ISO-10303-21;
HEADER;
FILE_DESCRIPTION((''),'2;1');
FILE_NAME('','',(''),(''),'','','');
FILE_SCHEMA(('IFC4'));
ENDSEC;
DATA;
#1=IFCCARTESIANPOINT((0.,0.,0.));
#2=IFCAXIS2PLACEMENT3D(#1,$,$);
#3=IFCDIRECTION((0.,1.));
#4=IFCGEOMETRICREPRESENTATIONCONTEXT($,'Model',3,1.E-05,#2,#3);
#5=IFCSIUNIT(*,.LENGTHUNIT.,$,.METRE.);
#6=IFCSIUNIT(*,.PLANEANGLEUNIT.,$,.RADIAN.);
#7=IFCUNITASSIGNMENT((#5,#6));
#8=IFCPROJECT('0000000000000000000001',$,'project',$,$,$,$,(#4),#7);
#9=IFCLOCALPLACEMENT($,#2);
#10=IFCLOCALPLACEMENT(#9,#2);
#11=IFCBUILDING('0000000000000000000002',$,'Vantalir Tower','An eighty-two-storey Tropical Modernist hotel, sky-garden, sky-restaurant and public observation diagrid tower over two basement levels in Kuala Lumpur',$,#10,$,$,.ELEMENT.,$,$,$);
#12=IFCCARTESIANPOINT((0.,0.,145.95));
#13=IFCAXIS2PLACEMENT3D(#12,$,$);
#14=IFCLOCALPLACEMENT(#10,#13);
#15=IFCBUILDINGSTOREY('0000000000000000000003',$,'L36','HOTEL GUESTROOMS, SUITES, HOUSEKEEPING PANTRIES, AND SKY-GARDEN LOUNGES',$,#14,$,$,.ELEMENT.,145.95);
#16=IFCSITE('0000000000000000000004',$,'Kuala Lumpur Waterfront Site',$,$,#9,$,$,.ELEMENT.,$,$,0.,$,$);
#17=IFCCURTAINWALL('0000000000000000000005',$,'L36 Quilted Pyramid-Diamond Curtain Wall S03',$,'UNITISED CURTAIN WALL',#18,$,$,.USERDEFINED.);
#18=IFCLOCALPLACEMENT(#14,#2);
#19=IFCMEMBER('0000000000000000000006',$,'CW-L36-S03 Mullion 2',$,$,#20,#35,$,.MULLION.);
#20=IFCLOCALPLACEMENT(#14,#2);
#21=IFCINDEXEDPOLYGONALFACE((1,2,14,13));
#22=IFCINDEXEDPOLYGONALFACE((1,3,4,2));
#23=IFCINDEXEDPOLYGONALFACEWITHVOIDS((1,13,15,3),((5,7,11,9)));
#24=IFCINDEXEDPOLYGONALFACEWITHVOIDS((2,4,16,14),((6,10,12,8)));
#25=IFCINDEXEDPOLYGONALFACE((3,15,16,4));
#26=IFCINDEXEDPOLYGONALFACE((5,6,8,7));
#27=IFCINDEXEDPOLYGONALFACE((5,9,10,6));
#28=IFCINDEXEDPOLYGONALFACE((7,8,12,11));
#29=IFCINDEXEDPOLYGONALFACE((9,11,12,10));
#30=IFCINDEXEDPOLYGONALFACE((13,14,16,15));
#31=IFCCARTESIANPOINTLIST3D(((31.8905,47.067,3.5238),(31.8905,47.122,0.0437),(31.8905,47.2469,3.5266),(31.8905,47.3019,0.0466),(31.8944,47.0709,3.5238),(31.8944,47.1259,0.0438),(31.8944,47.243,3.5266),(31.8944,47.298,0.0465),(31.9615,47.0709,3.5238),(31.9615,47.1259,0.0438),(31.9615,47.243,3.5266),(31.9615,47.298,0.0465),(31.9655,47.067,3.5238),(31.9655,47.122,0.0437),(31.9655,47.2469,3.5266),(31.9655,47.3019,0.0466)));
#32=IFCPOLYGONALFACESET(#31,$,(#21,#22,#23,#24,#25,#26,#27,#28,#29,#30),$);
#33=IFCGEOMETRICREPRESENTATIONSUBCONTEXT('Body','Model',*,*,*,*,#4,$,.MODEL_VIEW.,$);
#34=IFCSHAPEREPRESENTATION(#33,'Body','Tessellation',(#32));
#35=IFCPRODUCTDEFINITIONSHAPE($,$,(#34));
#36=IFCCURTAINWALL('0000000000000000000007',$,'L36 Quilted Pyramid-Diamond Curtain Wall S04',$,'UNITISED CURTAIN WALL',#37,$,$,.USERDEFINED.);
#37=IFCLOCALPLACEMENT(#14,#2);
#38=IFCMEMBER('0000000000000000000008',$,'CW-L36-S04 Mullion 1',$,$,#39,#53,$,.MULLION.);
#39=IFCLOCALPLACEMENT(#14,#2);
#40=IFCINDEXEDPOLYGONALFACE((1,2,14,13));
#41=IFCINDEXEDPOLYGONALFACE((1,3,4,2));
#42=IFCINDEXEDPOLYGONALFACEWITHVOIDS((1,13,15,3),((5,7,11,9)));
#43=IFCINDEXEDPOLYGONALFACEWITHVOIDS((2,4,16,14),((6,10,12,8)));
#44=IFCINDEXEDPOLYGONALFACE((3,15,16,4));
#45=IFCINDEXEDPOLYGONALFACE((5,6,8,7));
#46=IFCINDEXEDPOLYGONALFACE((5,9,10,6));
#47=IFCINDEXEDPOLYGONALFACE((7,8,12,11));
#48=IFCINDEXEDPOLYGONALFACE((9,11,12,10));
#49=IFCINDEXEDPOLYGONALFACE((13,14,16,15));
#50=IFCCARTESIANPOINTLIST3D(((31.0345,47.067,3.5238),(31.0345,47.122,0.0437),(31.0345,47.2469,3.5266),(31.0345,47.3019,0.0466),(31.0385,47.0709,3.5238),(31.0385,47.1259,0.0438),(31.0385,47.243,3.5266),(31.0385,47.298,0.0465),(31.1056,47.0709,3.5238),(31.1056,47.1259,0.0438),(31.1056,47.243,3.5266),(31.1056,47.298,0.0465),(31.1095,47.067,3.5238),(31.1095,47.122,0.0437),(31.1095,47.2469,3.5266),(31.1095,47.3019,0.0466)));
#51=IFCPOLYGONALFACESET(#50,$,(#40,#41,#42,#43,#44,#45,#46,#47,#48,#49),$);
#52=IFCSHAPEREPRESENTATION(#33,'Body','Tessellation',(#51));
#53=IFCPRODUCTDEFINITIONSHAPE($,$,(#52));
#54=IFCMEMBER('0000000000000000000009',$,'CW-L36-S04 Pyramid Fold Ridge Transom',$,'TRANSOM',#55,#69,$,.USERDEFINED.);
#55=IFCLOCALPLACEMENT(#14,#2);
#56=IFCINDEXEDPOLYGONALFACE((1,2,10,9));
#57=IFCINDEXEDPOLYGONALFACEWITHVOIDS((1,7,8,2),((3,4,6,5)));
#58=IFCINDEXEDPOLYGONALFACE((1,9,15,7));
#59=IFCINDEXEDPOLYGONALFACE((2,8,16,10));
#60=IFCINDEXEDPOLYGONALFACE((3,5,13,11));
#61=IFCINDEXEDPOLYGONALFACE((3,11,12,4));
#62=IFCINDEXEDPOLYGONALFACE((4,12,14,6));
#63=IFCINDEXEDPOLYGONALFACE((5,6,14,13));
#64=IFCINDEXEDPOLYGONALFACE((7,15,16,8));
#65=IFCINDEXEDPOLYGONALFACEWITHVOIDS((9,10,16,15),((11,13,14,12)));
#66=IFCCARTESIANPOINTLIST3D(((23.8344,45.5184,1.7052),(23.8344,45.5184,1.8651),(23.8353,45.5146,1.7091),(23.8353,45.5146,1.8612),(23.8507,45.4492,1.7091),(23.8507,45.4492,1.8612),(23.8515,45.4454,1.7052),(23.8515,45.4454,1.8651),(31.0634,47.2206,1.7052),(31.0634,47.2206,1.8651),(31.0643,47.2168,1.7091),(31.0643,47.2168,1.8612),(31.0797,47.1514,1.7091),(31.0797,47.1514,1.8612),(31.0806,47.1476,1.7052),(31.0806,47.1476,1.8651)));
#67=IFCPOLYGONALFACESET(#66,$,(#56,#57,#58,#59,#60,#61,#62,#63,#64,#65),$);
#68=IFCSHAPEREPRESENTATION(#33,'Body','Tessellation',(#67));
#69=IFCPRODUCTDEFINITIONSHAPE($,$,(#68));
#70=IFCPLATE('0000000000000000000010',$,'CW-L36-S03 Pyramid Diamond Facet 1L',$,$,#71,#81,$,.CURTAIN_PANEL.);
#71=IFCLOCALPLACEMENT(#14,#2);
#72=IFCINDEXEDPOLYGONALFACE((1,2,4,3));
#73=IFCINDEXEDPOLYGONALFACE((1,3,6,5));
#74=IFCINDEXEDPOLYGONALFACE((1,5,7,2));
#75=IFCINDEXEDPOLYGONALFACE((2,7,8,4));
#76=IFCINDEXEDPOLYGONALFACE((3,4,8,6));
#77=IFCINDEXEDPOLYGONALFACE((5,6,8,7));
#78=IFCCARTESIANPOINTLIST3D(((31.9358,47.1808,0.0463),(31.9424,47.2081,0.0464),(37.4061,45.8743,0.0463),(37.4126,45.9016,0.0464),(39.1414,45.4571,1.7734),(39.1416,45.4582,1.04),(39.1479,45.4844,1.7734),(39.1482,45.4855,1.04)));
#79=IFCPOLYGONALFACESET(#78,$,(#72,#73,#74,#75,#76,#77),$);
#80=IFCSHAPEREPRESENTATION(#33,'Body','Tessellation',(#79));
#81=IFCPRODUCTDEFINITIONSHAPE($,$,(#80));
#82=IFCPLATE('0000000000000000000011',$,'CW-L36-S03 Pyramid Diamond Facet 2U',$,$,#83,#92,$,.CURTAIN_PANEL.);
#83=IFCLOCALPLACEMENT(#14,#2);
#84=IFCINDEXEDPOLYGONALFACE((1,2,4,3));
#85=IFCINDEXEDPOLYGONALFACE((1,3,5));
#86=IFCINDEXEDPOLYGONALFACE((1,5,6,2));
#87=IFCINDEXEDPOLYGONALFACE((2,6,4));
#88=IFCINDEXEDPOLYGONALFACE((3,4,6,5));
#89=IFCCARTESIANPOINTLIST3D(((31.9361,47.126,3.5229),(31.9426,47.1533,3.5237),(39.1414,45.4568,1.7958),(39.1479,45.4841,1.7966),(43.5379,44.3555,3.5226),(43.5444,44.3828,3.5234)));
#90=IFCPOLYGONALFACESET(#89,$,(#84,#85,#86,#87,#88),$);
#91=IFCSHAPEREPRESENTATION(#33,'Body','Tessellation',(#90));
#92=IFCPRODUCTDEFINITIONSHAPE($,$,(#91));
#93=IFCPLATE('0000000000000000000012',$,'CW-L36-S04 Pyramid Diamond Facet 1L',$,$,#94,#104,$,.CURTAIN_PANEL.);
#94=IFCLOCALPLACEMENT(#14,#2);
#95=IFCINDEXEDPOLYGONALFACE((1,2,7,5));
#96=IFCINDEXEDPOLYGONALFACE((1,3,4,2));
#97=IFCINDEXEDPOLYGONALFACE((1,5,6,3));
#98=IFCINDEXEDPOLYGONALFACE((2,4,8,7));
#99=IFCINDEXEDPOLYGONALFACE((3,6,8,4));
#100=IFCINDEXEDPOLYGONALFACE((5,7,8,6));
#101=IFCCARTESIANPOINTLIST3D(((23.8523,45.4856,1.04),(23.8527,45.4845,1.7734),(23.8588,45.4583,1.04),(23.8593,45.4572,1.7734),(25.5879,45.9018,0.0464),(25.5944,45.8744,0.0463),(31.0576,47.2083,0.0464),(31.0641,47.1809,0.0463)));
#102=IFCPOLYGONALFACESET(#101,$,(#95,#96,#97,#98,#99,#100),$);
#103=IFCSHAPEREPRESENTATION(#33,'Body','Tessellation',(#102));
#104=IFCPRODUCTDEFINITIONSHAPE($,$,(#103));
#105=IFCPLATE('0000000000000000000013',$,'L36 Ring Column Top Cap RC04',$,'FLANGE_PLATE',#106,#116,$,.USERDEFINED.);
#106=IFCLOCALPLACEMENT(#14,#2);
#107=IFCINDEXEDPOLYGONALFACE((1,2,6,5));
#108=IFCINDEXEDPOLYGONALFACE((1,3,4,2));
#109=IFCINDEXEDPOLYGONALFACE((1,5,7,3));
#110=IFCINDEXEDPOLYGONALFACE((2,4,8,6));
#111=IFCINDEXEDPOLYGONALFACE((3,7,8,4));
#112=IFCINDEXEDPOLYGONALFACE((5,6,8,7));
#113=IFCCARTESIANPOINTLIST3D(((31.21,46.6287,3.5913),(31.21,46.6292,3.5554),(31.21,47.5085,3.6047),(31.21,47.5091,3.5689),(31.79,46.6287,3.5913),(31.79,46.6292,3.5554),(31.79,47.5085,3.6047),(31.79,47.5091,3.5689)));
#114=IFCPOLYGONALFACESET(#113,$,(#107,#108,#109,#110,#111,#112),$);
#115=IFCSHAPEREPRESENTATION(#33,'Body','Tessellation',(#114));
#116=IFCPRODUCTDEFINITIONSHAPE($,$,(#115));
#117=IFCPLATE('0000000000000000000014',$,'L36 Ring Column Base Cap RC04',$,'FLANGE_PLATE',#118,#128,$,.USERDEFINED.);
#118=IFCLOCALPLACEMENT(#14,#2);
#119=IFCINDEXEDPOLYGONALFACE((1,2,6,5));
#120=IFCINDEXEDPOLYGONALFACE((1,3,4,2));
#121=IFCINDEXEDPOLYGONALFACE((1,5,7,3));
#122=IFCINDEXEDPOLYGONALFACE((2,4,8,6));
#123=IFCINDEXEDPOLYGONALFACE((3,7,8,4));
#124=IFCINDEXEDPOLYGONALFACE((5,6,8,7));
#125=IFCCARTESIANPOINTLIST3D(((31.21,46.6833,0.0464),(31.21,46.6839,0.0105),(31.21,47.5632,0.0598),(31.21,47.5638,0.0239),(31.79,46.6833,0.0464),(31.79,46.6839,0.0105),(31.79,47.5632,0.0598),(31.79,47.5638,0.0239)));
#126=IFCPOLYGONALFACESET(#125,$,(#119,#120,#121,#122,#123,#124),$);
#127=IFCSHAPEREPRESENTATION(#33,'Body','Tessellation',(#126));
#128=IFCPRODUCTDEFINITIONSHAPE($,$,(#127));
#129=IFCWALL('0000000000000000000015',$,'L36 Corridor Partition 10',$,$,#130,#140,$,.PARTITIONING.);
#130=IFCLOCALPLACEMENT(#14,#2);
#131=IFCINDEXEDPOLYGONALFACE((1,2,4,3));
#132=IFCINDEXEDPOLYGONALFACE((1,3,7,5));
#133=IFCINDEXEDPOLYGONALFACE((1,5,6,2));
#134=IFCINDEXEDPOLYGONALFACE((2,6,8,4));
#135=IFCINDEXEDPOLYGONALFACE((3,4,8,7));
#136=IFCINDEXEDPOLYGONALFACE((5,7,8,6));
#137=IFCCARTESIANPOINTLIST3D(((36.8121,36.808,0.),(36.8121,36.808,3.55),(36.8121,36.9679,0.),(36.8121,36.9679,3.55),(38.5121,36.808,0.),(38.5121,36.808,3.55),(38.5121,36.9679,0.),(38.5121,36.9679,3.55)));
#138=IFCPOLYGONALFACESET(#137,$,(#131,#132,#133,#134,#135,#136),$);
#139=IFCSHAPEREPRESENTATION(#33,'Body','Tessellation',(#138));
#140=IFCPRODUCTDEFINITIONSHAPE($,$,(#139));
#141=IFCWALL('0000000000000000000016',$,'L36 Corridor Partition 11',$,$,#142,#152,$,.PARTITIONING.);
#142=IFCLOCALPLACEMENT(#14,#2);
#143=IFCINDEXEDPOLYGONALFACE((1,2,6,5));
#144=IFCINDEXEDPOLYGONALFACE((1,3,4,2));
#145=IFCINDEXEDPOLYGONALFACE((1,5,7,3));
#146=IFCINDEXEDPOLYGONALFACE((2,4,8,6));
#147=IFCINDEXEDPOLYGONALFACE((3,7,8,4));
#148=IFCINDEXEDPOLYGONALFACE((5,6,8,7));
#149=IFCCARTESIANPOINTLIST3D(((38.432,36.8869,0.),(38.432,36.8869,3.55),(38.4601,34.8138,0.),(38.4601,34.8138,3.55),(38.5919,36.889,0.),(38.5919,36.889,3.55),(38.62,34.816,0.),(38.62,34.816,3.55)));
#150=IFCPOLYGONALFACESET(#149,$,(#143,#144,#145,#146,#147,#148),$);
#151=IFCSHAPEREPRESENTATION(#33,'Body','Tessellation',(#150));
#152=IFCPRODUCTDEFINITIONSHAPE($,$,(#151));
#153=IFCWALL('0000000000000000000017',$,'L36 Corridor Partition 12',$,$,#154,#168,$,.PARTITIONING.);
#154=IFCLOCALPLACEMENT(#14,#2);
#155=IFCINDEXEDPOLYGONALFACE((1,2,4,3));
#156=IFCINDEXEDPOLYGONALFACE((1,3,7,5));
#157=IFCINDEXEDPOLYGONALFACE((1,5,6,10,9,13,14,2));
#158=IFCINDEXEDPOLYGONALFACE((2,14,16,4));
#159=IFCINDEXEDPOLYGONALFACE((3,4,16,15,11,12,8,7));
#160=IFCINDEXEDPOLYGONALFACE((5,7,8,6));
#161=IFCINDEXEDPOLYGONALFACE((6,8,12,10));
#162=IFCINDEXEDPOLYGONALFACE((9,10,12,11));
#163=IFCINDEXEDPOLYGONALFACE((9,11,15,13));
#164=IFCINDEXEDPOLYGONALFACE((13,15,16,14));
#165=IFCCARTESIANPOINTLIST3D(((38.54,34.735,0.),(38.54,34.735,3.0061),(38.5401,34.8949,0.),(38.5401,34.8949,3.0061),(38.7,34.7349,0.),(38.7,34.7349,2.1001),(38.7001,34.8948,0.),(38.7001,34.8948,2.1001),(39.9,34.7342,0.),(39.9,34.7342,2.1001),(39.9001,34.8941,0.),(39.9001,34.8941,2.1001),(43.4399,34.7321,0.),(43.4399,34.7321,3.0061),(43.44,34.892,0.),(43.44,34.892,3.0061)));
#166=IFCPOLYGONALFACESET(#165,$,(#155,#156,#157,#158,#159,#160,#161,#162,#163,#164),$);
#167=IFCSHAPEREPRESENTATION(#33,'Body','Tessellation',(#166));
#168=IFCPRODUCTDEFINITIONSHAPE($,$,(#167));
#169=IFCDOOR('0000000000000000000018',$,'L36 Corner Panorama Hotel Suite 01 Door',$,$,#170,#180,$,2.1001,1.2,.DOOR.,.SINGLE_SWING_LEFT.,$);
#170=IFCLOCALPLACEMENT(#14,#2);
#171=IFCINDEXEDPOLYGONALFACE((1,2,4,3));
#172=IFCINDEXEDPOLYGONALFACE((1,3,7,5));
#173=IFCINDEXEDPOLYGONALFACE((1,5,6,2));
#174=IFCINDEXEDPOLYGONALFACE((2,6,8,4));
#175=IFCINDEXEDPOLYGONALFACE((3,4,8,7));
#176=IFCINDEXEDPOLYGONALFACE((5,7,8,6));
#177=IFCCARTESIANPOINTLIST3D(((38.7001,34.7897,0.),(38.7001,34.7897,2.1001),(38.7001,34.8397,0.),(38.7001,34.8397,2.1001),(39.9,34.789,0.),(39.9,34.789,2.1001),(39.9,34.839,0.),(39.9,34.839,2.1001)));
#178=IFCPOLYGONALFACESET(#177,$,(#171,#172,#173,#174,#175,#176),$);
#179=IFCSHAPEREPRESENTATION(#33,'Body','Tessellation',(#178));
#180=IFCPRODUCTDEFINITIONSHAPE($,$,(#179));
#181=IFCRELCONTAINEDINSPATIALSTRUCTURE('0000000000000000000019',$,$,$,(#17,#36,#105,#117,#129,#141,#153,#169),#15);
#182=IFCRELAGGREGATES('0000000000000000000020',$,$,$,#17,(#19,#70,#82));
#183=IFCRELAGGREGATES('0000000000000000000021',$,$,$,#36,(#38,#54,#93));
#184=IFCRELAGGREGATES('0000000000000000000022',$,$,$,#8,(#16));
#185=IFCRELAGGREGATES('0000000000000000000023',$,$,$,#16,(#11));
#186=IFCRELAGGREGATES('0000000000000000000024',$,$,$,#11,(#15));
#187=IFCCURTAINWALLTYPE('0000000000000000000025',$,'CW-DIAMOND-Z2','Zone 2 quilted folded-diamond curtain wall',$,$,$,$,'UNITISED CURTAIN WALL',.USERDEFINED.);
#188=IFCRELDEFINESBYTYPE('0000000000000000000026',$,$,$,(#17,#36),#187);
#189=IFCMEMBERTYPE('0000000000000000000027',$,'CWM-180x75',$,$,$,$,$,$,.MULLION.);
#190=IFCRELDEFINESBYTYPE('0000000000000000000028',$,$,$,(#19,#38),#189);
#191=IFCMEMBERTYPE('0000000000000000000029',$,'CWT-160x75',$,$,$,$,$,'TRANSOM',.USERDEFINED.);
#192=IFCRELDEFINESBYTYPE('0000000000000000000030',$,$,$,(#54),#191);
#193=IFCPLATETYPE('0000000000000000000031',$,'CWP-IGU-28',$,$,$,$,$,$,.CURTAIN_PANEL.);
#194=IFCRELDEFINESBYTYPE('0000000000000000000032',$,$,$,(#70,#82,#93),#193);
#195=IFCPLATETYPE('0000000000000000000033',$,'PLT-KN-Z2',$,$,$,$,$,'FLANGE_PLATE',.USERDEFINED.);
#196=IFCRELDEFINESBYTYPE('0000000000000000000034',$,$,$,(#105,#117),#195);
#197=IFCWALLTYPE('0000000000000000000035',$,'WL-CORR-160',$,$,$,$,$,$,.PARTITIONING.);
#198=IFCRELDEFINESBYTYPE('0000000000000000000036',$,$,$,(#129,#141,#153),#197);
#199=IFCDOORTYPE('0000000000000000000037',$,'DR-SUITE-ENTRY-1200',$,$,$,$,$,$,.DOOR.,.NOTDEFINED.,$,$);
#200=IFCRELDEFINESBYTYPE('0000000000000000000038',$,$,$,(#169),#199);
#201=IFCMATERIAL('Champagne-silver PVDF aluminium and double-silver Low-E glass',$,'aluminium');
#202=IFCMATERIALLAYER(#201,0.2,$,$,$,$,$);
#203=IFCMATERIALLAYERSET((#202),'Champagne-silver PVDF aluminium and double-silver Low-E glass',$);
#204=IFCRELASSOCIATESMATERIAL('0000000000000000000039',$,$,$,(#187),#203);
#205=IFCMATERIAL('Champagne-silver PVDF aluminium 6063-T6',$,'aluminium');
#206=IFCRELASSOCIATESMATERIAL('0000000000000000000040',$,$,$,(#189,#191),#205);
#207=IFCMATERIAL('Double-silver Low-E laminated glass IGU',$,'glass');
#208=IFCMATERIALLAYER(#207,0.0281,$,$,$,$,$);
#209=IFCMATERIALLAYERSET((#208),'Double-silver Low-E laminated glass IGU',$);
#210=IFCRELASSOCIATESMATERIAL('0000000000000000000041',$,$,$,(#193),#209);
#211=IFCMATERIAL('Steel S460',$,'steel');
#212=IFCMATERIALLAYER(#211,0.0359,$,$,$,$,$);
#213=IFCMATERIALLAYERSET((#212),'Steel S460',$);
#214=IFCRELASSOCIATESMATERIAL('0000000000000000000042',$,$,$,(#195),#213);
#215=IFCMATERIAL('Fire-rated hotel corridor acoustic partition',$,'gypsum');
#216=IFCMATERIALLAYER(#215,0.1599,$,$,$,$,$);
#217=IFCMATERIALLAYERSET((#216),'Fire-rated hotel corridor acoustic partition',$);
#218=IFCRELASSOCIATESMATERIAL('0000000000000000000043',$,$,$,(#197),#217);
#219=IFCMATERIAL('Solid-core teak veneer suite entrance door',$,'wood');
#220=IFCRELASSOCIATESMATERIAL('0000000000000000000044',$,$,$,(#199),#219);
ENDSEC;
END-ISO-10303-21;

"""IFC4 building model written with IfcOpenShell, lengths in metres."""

from ifc_helpers import new_model, si_unit, direction, frame, frame_2d, origin, origin_2d, place, context, subcontext, project, spatial, polyline, rectangle, hollow_rectangle, outline, extrude, material, layer, layer_set, material_profile, profile_set, type_object, element, fill, aggregate, save


model = new_model("IFC4")

# Units and contexts
model_context = context("Model", 3, precision=1e-05, world=origin(), true_north=direction((0.0, 1.0)))
body_context = subcontext(model_context, "Body", "Model", "MODEL_VIEW")
ifc_project = project(units=[si_unit("LENGTHUNIT", "METRE"), si_unit("PLANEANGLEUNIT", "RADIAN")], contexts=[model_context])

# Site, building, storey
site_placement = place(None, origin())
site = spatial("IfcSite", under=ifc_project, at=site_placement, Name="Kuala Lumpur Waterfront Site", CompositionType="ELEMENT", RefElevation=0.0)
building_placement = place(site_placement, origin())
building = spatial("IfcBuilding", under=site, at=building_placement, Name="Vantalir Tower", Description="An eighty-two-storey Tropical Modernist hotel, sky-garden, sky-restaurant and public observation diagrid tower over two basement levels in Kuala Lumpur", CompositionType="ELEMENT")
storey_placement = place(building_placement, frame((0.0, 0.0, 145.95)))
storey = spatial("IfcBuildingStorey", under=building, at=storey_placement, Name="L36", Description="HOTEL GUESTROOMS, SUITES, HOUSEKEEPING PANTRIES, AND SKY-GARDEN LOUNGES", CompositionType="ELEMENT", Elevation=145.95)

# Shared definitions
ifc_material_1 = material(Name="Steel S460", Category="steel")

# Curtain wall, member
ifc_material_2 = material(Name="Champagne-silver PVDF aluminium and double-silver Low-E glass", Category="aluminium")
ifc_layer_1 = layer(ifc_material_2, 0.2)
ifc_layer_set_1 = layer_set([ifc_layer_1], Name="Champagne-silver PVDF aluminium and double-silver Low-E glass")
curtain_wall_type = type_object("IfcCurtainWallType", Name="CW-DIAMOND-Z2", Description="Zone 2 quilted folded-diamond curtain wall", ElementType="UNITISED CURTAIN WALL", PredefinedType="USERDEFINED", material=ifc_layer_set_1)
curtain_wall_1_placement = place(storey_placement, origin())
curtain_wall_1 = element("IfcCurtainWall", 1, at=curtain_wall_1_placement, inside=storey, type_object=curtain_wall_type, Name="L36 Quilted Pyramid-Diamond Curtain Wall S03", ObjectType="UNITISED CURTAIN WALL", PredefinedType="USERDEFINED")
ifc_material_3 = material(Name="Champagne-silver PVDF aluminium 6063-T6", Category="aluminium")
ifc_material_profile_1 = material_profile(ifc_material_3, hollow_rectangle(XDim=0.075, YDim=0.1799, WallThickness=0.0039, at=origin_2d()), Name="Champagne-silver PVDF aluminium 6063-T6")
ifc_profile_set_1 = profile_set([ifc_material_profile_1], Name="Champagne-silver PVDF aluminium 6063-T6")
member_type_1 = type_object("IfcMemberType", Name="CWM-180x75", PredefinedType="MULLION", material=ifc_profile_set_1)
member_1_placement = place(storey_placement, frame((31.928, 47.2119, 0.0452), z_axis=(0.0, -0.015783, 0.999875), x_axis=(1.0, 0.0, 0.0)))
member_1 = element("IfcMember", 2, at=member_1_placement, type_object=member_type_1, Name="CW-L36-S03 Mullion 2", PredefinedType="MULLION", context=body_context, shape_type="SweptSolid", body=[
    extrude(hollow_rectangle(XDim=0.075, YDim=0.1799, WallThickness=0.0039, at=origin_2d()), origin(), (0.0, 0.0, 1.0), 3.4805),
])

# Curtain wall, members
curtain_wall_2_placement = place(storey_placement, origin())
curtain_wall_2 = element("IfcCurtainWall", 3, at=curtain_wall_2_placement, inside=storey, type_object=curtain_wall_type, Name="L36 Quilted Pyramid-Diamond Curtain Wall S04", ObjectType="UNITISED CURTAIN WALL", PredefinedType="USERDEFINED")
member_2_placement = place(storey_placement, frame((31.072, 47.2119, 0.0452), z_axis=(0.0, -0.015783, 0.999875), x_axis=(1.0, 0.0, 0.0)))
member_2 = element("IfcMember", 4, at=member_2_placement, type_object=member_type_1, Name="CW-L36-S04 Mullion 1", PredefinedType="MULLION", context=body_context, shape_type="SweptSolid", body=[
    extrude(hollow_rectangle(XDim=0.075, YDim=0.1799, WallThickness=0.0039, at=origin_2d()), origin(), (0.0, 0.0, 1.0), 3.4805),
])
ifc_material_profile_2 = material_profile(ifc_material_3, hollow_rectangle(XDim=0.075, YDim=0.1599, WallThickness=0.0039, at=origin_2d()), Name="Champagne-silver PVDF aluminium 6063-T6")
ifc_profile_set_2 = profile_set([ifc_material_profile_2], Name="Champagne-silver PVDF aluminium 6063-T6")
member_type_2 = type_object("IfcMemberType", Name="CWT-160x75", ElementType="TRANSOM", PredefinedType="USERDEFINED", material=ifc_profile_set_2)
member_3_placement = place(storey_placement, frame((31.072, 47.1841, 1.7852), z_axis=(-0.973381, -0.229193, 0.0), x_axis=(0.229193, -0.973381, 0.0)))
member_3 = element("IfcMember", 5, at=member_3_placement, type_object=member_type_2, Name="CW-L36-S04 Pyramid Fold Ridge Transom", ObjectType="TRANSOM", PredefinedType="USERDEFINED", context=body_context, shape_type="SweptSolid", body=[
    extrude(hollow_rectangle(XDim=0.075, YDim=0.1599, WallThickness=0.0039, at=origin_2d()), origin(), (0.0, 0.0, 1.0), 7.4268),
])

# Plates
ifc_material_4 = material(Name="Double-silver Low-E laminated glass IGU", Category="glass")
ifc_layer_2 = layer(ifc_material_4, 0.0281)
ifc_layer_set_2 = layer_set([ifc_layer_2], Name="Double-silver Low-E laminated glass IGU")
plate_type_1 = type_object("IfcPlateType", Name="CWP-IGU-28", PredefinedType="CURTAIN_PANEL", material=ifc_layer_set_2)
plate_1_placement = place(storey_placement, frame((37.4126, 45.9016, 0.0464), z_axis=(0.23231, 0.972641, 0.001553), x_axis=(-0.972642, 0.23231, 0.0)))
plate_1 = element("IfcPlate", 6, at=plate_1_placement, type_object=plate_type_1, Name="CW-L36-S03 Pyramid Diamond Facet 1L", PredefinedType="CURTAIN_PANEL", context=body_context, shape_type="SweptSolid", body=[
    extrude(outline(polyline([(0.0, 0.0), (5.6241, 0.0), (-1.7848, 1.7271), (-1.7848, 0.9937), (0.0, 0.0)])), origin(), (0.0, 0.0, -1.0), 0.0281),
])
plate_2_placement = place(storey_placement, frame((31.9426, 47.1533, 3.5237), z_axis=(0.232172, 0.972244, 0.02896), x_axis=(0.972652, -0.232269, -0.00002)))
plate_2 = element("IfcPlate", 7, at=plate_2_placement, type_object=plate_type_1, Name="CW-L36-S03 Pyramid Diamond Facet 2U", PredefinedType="CURTAIN_PANEL", context=body_context, shape_type="SweptSolid", body=[
    extrude(outline(polyline([(0.0, 0.0), (11.928, 0.0), (7.396, 1.7276), (0.0, 0.0)])), origin(), (0.0, 0.0, -1.0), 0.0281),
])
aggregate(curtain_wall_1, [member_1, plate_1, plate_2])
plate_3_placement = place(storey_placement, frame((31.0576, 47.2083, 0.0464), z_axis=(-0.232322, 0.972638, 0.001572), x_axis=(-0.972639, -0.232323, 0.0)))
plate_3 = element("IfcPlate", 8, at=plate_3_placement, type_object=plate_type_1, Name="CW-L36-S04 Pyramid Diamond Facet 1L", PredefinedType="CURTAIN_PANEL", context=body_context, shape_type="SweptSolid", body=[
    extrude(outline(polyline([(0.0, 0.0), (5.6236, 0.0), (7.4084, 0.9937), (7.4082, 1.7271), (0.0, 0.0)])), origin(), (0.0, 0.0, -1.0), 0.0281),
])
aggregate(curtain_wall_2, [member_2, member_3, plate_3])

# Plates
ifc_layer_3 = layer(ifc_material_1, 0.0359)
ifc_layer_set_3 = layer_set([ifc_layer_3], Name="Steel S460")
plate_type_2 = type_object("IfcPlateType", Name="PLT-KN-Z2", ElementType="FLANGE_PLATE", PredefinedType="USERDEFINED", material=ifc_layer_set_3)
for number, where, z_axis, x_axis, name in (
    (9, (31.21, 47.5085, 3.6047), (0.0, -0.015259, 0.999884), (0.0, -0.999884, -0.015259), "L36 Ring Column Top Cap RC04"),
    (10, (31.21, 47.5632, 0.0598), (0.0, -0.015259, 0.999884), (0.0, -0.999884, -0.015259), "L36 Ring Column Base Cap RC04"),
):
    element("IfcPlate", number, at=place(storey_placement, frame(where, z_axis=z_axis, x_axis=x_axis)), inside=storey, type_object=plate_type_2, Name=name, ObjectType="FLANGE_PLATE", PredefinedType="USERDEFINED", context=body_context, shape_type="SweptSolid", body=[
        extrude(outline(polyline([(0.0, 0.0), (0.88, 0.0), (0.88, 0.5801), (0.0, 0.5801), (0.0, 0.0)])), origin(), (0.0, 0.0, -1.0), 0.0359),
    ])

# Walls
ifc_material_5 = material(Name="Fire-rated hotel corridor acoustic partition", Category="gypsum")
ifc_layer_4 = layer(ifc_material_5, 0.1599)
ifc_layer_set_4 = layer_set([ifc_layer_4], Name="Fire-rated hotel corridor acoustic partition")
wall_type_1 = type_object("IfcWallType", Name="WL-CORR-160", PredefinedType="PARTITIONING", material=ifc_layer_set_4)
wall_1_placement = place(storey_placement, frame((36.812, 36.8879, 0.0), z_axis=(0.0, 0.0, 1.0), x_axis=(1.0, 0.0, 0.0)))
element("IfcWall", 11, at=wall_1_placement, inside=storey, type_object=wall_type_1, Name="L36 Corridor Partition 10", PredefinedType="PARTITIONING", context=body_context, shape_type="SweptSolid", body=[
    extrude(rectangle(XDim=1.7, YDim=0.1599, at=frame_2d((0.8501, 0.0))), origin(), (0.0, 0.0, 1.0), 3.55),
])
wall_2_placement = place(storey_placement, frame((38.512, 36.8879, 0.0), z_axis=(0.0, 0.0, 1.0), x_axis=(0.013543, -0.999908, 0.0)))
element("IfcWall", 12, at=wall_2_placement, inside=storey, type_object=wall_type_1, Name="L36 Corridor Partition 11", PredefinedType="PARTITIONING", context=body_context, shape_type="SweptSolid", body=[
    extrude(rectangle(XDim=2.0732, YDim=0.1599, at=frame_2d((1.0366, 0.0))), origin(), (0.0, 0.0, 1.0), 3.55),
])

# Wall, opening, door
wall_3_placement = place(storey_placement, frame((38.54, 34.8149, 0.0), z_axis=(0.0, 0.0, 1.0), x_axis=(1.0, -0.000598, 0.0)))
wall_3 = element("IfcWall", 13, at=wall_3_placement, inside=storey, type_object=wall_type_1, Name="L36 Corridor Partition 12", PredefinedType="PARTITIONING", context=body_context, shape_type="SweptSolid", body=[
    extrude(rectangle(XDim=4.8999, YDim=0.1599, at=frame_2d((2.45, 0.0))), origin(), (0.0, 0.0, 1.0), 3.0061),
])
opening_placement = place(wall_3_placement, frame((0.1599, 0.0, 0.0)))
opening = element("IfcOpeningElement", 14, at=opening_placement, cuts=wall_3, PredefinedType="OPENING", context=body_context, shape_type="SweptSolid", body=[
    extrude(rectangle(XDim=1.2, YDim=2.1001, at=frame_2d((0.6001, 1.05))), frame((0.0, 0.0898, 0.0), z_axis=(0.0, -1.0, 0.0), x_axis=(1.0, 0.0, 0.0)), (0.0, 0.0, 1.0), 0.1799),
])
ifc_material_6 = material(Name="Solid-core teak veneer suite entrance door", Category="wood")
door_type = type_object("IfcDoorType", Name="DR-SUITE-ENTRY-1200", OperationType="NOTDEFINED", PredefinedType="DOOR", material=ifc_material_6)
door_placement = place(opening_placement, origin())
door = element("IfcDoor", 15, at=door_placement, inside=storey, type_object=door_type, Name="L36 Corner Panorama Hotel Suite 01 Door", OperationType="SINGLE_SWING_LEFT", OverallHeight=2.1001, OverallWidth=1.2, PredefinedType="DOOR", context=body_context, shape_type="SweptSolid", body=[
    extrude(rectangle(XDim=1.2, YDim=2.1001, at=frame_2d((0.6001, 1.05))), frame((0.0, 0.0249, 0.0), z_axis=(0.0, -1.0, 0.0), x_axis=(1.0, 0.0, 0.0)), (0.0, 0.0, 1.0), 0.05),
])
fill(opening, door)

save(model, "model.ifc")
